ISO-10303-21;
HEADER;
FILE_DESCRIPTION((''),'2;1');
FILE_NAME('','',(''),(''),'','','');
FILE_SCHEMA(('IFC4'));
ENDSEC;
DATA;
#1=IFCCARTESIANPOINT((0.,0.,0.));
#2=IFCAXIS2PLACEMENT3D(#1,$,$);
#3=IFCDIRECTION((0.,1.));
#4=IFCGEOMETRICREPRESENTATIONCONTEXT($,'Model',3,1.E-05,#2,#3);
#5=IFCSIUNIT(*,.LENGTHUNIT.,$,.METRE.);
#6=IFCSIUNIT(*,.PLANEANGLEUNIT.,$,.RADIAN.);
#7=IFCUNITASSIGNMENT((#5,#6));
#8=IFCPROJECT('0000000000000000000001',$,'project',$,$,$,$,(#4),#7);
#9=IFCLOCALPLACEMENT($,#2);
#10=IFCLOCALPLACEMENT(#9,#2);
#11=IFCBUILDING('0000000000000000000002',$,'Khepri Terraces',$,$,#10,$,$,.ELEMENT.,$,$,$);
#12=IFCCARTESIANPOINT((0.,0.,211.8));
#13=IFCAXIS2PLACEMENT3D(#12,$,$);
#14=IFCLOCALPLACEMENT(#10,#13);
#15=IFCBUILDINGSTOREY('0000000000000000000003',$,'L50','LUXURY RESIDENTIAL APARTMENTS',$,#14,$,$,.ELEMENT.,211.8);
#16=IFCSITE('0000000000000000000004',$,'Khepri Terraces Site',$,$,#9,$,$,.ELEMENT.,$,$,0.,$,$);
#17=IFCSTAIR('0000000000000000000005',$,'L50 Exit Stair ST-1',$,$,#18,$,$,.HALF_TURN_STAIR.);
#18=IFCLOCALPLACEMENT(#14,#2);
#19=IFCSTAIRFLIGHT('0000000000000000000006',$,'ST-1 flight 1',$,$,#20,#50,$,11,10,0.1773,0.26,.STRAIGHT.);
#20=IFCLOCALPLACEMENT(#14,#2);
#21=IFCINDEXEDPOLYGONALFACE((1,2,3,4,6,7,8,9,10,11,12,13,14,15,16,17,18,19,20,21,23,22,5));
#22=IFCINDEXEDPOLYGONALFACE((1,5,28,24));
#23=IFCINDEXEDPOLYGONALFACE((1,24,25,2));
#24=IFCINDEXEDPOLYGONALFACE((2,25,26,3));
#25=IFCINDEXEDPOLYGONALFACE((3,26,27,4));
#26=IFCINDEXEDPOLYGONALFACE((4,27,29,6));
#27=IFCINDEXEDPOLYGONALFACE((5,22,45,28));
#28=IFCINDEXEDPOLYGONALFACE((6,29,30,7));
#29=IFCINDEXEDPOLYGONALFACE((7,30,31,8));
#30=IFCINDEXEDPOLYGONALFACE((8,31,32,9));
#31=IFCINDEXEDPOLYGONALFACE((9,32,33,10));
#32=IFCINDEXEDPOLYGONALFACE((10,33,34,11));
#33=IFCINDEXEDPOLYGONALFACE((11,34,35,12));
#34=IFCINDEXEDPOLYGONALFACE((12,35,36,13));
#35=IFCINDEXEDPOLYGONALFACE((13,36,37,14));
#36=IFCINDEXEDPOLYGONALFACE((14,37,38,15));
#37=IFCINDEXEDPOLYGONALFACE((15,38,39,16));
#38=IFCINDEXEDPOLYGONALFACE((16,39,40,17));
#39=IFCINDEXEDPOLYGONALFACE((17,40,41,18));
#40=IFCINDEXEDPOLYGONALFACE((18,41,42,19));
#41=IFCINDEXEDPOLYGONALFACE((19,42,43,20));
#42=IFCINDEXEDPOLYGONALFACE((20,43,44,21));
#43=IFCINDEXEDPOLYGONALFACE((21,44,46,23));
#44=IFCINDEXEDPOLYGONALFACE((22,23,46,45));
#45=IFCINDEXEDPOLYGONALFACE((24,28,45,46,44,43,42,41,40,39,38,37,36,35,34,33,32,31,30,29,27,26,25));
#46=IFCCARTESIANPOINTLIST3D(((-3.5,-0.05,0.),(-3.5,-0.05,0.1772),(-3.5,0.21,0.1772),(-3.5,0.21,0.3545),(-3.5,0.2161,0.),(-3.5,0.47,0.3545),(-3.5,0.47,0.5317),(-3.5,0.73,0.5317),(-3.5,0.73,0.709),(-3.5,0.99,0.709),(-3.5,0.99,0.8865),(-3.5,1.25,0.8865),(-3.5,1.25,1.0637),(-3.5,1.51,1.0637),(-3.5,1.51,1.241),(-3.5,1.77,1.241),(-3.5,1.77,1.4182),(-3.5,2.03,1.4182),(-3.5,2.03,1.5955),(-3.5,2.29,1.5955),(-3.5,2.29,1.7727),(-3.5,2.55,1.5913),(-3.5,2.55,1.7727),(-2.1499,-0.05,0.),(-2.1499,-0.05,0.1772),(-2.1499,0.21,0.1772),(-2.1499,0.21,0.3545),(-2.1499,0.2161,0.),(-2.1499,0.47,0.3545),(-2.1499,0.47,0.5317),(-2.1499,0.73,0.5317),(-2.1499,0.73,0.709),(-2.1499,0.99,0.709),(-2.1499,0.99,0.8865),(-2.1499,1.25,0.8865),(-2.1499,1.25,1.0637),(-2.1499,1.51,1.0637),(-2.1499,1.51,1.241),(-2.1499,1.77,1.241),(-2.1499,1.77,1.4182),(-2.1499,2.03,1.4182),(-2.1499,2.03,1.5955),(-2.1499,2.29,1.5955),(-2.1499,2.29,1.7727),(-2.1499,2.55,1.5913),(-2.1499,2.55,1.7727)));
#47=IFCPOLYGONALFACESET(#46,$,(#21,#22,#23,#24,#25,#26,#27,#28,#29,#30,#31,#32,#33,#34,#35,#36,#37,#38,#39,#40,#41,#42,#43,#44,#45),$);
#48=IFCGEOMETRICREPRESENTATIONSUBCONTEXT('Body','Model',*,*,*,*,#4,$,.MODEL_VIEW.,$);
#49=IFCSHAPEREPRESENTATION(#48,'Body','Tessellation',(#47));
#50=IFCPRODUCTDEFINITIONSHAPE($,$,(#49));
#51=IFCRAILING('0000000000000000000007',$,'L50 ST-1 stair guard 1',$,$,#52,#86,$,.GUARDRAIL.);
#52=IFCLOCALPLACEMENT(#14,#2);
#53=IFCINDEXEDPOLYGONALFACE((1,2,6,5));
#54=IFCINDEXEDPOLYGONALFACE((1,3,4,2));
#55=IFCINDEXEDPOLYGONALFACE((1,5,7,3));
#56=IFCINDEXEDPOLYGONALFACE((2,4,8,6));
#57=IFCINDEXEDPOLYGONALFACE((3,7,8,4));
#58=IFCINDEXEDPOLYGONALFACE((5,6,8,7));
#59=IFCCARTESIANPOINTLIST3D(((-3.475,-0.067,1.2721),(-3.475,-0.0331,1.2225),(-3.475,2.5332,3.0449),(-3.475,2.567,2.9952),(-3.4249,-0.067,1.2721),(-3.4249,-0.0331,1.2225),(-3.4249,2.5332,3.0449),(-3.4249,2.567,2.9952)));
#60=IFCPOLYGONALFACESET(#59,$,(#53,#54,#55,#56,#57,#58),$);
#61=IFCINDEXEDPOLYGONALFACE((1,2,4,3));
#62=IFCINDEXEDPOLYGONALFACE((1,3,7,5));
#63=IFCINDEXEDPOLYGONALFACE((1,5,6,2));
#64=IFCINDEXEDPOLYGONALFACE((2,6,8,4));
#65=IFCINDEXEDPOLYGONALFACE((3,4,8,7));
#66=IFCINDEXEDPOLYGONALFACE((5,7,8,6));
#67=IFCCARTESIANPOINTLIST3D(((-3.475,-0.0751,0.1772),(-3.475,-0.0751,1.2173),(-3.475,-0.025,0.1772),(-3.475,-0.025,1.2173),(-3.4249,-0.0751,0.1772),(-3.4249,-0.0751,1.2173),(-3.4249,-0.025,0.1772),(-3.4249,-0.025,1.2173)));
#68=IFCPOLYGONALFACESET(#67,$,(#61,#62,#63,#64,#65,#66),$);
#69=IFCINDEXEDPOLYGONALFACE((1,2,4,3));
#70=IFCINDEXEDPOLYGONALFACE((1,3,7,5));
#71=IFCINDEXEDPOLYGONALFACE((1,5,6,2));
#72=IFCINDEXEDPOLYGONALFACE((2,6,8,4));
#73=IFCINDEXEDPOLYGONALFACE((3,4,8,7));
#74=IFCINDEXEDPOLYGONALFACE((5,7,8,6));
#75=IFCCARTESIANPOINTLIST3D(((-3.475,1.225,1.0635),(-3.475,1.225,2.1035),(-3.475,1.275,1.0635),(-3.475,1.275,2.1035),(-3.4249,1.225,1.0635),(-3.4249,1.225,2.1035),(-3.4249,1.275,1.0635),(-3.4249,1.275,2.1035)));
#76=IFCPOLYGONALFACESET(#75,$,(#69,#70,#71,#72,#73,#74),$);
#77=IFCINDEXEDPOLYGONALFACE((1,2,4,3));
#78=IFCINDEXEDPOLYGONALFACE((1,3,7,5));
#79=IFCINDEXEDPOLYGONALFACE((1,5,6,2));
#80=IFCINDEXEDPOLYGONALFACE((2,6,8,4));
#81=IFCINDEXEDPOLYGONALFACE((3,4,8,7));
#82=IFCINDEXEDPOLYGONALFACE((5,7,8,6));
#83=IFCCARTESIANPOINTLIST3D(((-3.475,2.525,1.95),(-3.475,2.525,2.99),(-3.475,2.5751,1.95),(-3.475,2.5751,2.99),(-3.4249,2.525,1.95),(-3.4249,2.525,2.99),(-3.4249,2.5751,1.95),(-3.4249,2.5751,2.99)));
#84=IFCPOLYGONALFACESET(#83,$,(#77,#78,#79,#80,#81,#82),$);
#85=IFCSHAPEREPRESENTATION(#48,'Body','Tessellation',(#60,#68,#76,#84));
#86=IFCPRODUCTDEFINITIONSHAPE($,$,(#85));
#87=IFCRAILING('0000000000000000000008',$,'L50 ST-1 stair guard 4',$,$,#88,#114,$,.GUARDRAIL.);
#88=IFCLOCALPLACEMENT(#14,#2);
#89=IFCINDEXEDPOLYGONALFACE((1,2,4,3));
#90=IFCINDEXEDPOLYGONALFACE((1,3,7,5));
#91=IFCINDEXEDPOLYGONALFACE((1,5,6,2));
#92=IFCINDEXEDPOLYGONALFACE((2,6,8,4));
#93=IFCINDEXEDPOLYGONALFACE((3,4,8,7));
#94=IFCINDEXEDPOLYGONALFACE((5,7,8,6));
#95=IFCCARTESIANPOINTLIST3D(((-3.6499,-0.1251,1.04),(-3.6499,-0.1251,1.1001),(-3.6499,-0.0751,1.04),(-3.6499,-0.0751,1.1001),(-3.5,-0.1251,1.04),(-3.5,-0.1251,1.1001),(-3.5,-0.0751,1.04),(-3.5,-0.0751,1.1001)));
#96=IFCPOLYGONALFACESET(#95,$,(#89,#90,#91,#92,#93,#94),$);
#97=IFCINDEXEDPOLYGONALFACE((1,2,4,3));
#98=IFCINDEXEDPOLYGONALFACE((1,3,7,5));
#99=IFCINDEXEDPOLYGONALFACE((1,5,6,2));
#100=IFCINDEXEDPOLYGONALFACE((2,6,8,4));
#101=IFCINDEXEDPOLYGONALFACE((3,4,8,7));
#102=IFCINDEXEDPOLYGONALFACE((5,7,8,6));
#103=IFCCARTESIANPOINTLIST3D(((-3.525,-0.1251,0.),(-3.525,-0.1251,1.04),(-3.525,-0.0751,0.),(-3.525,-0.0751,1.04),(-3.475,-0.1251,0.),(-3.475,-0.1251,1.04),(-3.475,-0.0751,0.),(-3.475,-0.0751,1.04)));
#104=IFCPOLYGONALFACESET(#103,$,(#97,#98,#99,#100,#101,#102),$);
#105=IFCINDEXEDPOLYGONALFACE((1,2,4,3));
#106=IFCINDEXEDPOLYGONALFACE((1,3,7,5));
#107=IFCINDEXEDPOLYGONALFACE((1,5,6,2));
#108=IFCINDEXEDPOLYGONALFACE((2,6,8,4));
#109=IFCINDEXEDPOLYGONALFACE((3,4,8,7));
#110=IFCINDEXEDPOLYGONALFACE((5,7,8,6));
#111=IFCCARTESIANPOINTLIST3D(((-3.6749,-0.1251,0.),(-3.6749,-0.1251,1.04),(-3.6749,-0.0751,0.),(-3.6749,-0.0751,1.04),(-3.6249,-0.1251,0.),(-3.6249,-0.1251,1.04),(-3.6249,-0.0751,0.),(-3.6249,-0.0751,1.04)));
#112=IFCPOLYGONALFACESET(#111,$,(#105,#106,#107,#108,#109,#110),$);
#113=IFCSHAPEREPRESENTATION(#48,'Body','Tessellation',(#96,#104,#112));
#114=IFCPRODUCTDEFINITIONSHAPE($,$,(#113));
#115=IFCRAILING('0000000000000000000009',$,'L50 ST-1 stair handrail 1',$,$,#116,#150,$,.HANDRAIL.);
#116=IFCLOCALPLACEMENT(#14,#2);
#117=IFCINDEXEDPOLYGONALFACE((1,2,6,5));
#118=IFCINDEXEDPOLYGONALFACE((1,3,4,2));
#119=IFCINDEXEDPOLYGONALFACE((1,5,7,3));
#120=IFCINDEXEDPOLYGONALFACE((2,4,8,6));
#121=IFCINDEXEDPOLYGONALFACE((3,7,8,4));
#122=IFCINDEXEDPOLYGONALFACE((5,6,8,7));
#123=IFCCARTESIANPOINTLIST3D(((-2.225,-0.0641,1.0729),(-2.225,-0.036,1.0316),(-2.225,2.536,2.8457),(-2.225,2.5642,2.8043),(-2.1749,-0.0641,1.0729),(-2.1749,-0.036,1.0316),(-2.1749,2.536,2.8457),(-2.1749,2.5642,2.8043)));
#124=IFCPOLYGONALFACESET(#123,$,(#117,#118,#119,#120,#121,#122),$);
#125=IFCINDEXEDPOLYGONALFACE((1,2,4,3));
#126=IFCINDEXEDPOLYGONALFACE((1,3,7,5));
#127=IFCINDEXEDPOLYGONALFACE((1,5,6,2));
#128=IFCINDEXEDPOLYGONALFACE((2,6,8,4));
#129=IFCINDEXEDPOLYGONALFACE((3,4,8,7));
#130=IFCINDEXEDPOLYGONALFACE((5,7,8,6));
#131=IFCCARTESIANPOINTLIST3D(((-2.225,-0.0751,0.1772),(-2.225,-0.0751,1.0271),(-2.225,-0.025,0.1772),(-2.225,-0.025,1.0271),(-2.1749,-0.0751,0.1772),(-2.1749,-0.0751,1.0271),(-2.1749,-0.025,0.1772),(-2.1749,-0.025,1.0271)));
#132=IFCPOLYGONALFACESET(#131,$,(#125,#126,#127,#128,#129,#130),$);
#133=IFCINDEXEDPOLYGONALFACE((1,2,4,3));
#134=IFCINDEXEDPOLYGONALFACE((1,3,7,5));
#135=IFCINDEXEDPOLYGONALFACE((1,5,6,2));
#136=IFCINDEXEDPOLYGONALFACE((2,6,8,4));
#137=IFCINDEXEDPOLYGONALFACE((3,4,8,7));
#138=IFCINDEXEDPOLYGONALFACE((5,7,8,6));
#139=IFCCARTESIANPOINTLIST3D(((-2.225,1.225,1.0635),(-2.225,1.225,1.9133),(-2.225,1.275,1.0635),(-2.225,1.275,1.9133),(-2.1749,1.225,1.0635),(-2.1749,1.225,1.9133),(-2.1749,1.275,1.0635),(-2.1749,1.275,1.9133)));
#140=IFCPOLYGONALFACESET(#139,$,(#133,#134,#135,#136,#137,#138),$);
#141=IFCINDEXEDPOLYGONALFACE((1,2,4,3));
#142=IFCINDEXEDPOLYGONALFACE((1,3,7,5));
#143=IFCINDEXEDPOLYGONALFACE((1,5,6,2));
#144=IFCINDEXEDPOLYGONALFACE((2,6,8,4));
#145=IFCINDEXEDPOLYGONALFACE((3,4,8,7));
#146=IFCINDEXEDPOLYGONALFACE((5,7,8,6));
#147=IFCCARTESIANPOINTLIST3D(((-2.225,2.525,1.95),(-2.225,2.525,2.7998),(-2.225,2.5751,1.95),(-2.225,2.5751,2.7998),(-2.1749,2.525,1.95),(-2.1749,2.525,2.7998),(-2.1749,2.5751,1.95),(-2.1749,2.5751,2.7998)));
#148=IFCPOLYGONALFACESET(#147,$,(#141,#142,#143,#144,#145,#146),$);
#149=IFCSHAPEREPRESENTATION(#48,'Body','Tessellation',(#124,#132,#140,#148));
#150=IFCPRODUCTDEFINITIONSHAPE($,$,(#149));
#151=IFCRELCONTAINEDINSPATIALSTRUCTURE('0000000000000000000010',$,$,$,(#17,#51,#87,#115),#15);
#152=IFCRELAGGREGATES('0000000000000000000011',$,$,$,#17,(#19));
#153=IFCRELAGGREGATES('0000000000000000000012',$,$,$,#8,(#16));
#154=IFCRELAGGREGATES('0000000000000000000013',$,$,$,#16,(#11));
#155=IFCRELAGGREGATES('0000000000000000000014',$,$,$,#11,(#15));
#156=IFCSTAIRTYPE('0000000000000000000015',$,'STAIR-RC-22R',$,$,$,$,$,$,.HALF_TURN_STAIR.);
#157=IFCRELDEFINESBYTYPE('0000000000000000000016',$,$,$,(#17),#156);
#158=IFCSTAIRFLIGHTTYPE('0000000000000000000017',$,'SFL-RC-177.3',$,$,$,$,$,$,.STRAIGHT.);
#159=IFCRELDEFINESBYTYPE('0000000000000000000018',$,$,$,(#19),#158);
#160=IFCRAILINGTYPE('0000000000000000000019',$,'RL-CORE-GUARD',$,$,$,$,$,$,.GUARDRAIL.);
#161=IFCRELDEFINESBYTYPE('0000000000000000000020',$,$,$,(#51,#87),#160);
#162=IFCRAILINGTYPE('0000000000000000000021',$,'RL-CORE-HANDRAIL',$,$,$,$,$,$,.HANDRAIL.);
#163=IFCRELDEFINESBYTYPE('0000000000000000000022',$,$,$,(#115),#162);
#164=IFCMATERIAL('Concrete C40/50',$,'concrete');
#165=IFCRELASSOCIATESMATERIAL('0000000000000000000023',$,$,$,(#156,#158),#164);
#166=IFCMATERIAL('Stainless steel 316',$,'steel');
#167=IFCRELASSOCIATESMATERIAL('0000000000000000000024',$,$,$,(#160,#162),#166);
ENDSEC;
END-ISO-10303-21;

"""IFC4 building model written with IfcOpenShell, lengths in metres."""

from ifc_helpers import new_model, si_unit, direction, frame, origin, origin_2d, place, context, subcontext, project, spatial, polyline, rectangle, outline, extrude, material, type_object, element, aggregate, save


model = new_model("IFC4")

# Units and contexts
model_context = context("Model", 3, precision=1e-05, world=origin(), true_north=direction((0.0, 1.0)))
body_context = subcontext(model_context, "Body", "Model", "MODEL_VIEW")
ifc_project = project(units=[si_unit("LENGTHUNIT", "METRE"), si_unit("PLANEANGLEUNIT", "RADIAN")], contexts=[model_context])

# Site, building, storey
site_placement = place(None, origin())
site = spatial("IfcSite", under=ifc_project, at=site_placement, Name="Khepri Terraces Site", CompositionType="ELEMENT", RefElevation=0.0)
building_placement = place(site_placement, origin())
building = spatial("IfcBuilding", under=site, at=building_placement, Name="Khepri Terraces", CompositionType="ELEMENT")
storey_placement = place(building_placement, frame((0.0, 0.0, 211.8)))
storey = spatial("IfcBuildingStorey", under=building, at=storey_placement, Name="L50", Description="LUXURY RESIDENTIAL APARTMENTS", CompositionType="ELEMENT", Elevation=211.8)

# Stair, stair flight
ifc_material_1 = material(Name="Concrete C40/50", Category="concrete")
stair_type = type_object("IfcStairType", Name="STAIR-RC-22R", PredefinedType="HALF_TURN_STAIR", material=ifc_material_1)
stair_placement = place(storey_placement, origin())
stair = element("IfcStair", 1, at=stair_placement, inside=storey, type_object=stair_type, Name="L50 Exit Stair ST-1", PredefinedType="HALF_TURN_STAIR")
stair_flight_type = type_object("IfcStairFlightType", Name="SFL-RC-177.3", PredefinedType="STRAIGHT", material=ifc_material_1)
stair_flight_placement = place(storey_placement, frame((-2.825, -0.05, 0.0), z_axis=(0.0, 0.0, 1.0), x_axis=(0.0, 1.0, 0.0)))
stair_flight = element("IfcStairFlight", 2, at=stair_flight_placement, type_object=stair_flight_type, Name="ST-1 flight 1", NumberOfRisers=11, NumberOfTreads=10, PredefinedType="STRAIGHT", RiserHeight=0.1773, TreadLength=0.26, context=body_context, shape_type="SweptSolid", body=[
    extrude(outline(polyline([(0.0, 0.0), (0.0, 0.1772), (0.26, 0.1772), (0.26, 0.3545), (0.52, 0.3545), (0.52, 0.5317), (0.78, 0.5317), (0.78, 0.709), (1.04, 0.709), (1.04, 0.8865), (1.3, 0.8865), (1.3, 1.0637), (1.5601, 1.0637), (1.5601, 1.241), (1.8201, 1.241), (1.8201, 1.4182), (2.0801, 1.4182), (2.0801, 1.5955), (2.3401, 1.5955), (2.3401, 1.7727), (2.6001, 1.7727), (2.6001, 1.95), (2.6001, 1.5913), (0.2661, 0.0), (0.0, 0.0)])), frame((0.0, 0.675, 0.0), z_axis=(0.0, -1.0, 0.0), x_axis=(1.0, 0.0, 0.0)), (0.0, 0.0, 1.0), 1.3501),
])
aggregate(stair, [stair_flight])

# Railings
ifc_material_2 = material(Name="Stainless steel 316", Category="steel")
railing_type_1 = type_object("IfcRailingType", Name="RL-CORE-GUARD", PredefinedType="GUARDRAIL", material=ifc_material_2)
railing_1_placement = place(storey_placement, frame((-3.45, -0.05, 0.1772)))
element("IfcRailing", 3, at=railing_1_placement, inside=storey, type_object=railing_type_1, Name="L50 ST-1 stair guard 1", PredefinedType="GUARDRAIL", context=body_context, shape_type="SweptSolid", body=[
    extrude(rectangle(XDim=0.05, YDim=0.0601, at=origin_2d()), frame((0.0, 0.0, 1.0701), z_axis=(0.0, 0.82624, 0.563318), x_axis=(-1.0, 0.0, 0.0)), (0.0, 0.0, 1.0), 3.147),
    extrude(rectangle(XDim=0.05, YDim=0.05, at=origin_2d()), origin(), (0.0, 0.0, 1.0), 1.04),
    extrude(rectangle(XDim=0.05, YDim=0.05, at=origin_2d()), frame((0.0, 1.3, 0.8862)), (0.0, 0.0, 1.0), 1.04),
    extrude(rectangle(XDim=0.05, YDim=0.05, at=origin_2d()), frame((0.0, 2.6001, 1.7727)), (0.0, 0.0, 1.0), 1.04),
])
railing_2_placement = place(storey_placement, frame((-3.5, -0.1001, 0.0)))
element("IfcRailing", 4, at=railing_2_placement, inside=storey, type_object=railing_type_1, Name="L50 ST-1 stair guard 4", PredefinedType="GUARDRAIL", context=body_context, shape_type="SweptSolid", body=[
    extrude(rectangle(XDim=0.05, YDim=0.0601, at=origin_2d()), frame((0.0, 0.0, 1.0701), z_axis=(-1.0, 0.0, 0.0), x_axis=(0.0, -1.0, 0.0)), (0.0, 0.0, 1.0), 0.1499),
    extrude(rectangle(XDim=0.05, YDim=0.05, at=origin_2d()), origin(), (0.0, 0.0, 1.0), 1.04),
    extrude(rectangle(XDim=0.05, YDim=0.05, at=origin_2d()), frame((-0.1499, 0.0, 0.0)), (0.0, 0.0, 1.0), 1.04),
])
railing_type_2 = type_object("IfcRailingType", Name="RL-CORE-HANDRAIL", PredefinedType="HANDRAIL", material=ifc_material_2)
railing_3_placement = place(storey_placement, frame((-2.2, -0.05, 0.1772)))
element("IfcRailing", 5, at=railing_3_placement, inside=storey, type_object=railing_type_2, Name="L50 ST-1 stair handrail 1", PredefinedType="HANDRAIL", context=body_context, shape_type="SweptSolid", body=[
    extrude(rectangle(XDim=0.05, YDim=0.05, at=origin_2d()), frame((0.0, 0.0, 0.875), z_axis=(0.0, 0.82624, 0.563318), x_axis=(-1.0, 0.0, 0.0)), (0.0, 0.0, 1.0), 3.147),
    extrude(rectangle(XDim=0.05, YDim=0.05, at=origin_2d()), origin(), (0.0, 0.0, 1.0), 0.8499),
    extrude(rectangle(XDim=0.05, YDim=0.05, at=origin_2d()), frame((0.0, 1.3, 0.8862)), (0.0, 0.0, 1.0), 0.8499),
    extrude(rectangle(XDim=0.05, YDim=0.05, at=origin_2d()), frame((0.0, 2.6001, 1.7727)), (0.0, 0.0, 1.0), 0.8499),
])

save(model, "model.ifc")
